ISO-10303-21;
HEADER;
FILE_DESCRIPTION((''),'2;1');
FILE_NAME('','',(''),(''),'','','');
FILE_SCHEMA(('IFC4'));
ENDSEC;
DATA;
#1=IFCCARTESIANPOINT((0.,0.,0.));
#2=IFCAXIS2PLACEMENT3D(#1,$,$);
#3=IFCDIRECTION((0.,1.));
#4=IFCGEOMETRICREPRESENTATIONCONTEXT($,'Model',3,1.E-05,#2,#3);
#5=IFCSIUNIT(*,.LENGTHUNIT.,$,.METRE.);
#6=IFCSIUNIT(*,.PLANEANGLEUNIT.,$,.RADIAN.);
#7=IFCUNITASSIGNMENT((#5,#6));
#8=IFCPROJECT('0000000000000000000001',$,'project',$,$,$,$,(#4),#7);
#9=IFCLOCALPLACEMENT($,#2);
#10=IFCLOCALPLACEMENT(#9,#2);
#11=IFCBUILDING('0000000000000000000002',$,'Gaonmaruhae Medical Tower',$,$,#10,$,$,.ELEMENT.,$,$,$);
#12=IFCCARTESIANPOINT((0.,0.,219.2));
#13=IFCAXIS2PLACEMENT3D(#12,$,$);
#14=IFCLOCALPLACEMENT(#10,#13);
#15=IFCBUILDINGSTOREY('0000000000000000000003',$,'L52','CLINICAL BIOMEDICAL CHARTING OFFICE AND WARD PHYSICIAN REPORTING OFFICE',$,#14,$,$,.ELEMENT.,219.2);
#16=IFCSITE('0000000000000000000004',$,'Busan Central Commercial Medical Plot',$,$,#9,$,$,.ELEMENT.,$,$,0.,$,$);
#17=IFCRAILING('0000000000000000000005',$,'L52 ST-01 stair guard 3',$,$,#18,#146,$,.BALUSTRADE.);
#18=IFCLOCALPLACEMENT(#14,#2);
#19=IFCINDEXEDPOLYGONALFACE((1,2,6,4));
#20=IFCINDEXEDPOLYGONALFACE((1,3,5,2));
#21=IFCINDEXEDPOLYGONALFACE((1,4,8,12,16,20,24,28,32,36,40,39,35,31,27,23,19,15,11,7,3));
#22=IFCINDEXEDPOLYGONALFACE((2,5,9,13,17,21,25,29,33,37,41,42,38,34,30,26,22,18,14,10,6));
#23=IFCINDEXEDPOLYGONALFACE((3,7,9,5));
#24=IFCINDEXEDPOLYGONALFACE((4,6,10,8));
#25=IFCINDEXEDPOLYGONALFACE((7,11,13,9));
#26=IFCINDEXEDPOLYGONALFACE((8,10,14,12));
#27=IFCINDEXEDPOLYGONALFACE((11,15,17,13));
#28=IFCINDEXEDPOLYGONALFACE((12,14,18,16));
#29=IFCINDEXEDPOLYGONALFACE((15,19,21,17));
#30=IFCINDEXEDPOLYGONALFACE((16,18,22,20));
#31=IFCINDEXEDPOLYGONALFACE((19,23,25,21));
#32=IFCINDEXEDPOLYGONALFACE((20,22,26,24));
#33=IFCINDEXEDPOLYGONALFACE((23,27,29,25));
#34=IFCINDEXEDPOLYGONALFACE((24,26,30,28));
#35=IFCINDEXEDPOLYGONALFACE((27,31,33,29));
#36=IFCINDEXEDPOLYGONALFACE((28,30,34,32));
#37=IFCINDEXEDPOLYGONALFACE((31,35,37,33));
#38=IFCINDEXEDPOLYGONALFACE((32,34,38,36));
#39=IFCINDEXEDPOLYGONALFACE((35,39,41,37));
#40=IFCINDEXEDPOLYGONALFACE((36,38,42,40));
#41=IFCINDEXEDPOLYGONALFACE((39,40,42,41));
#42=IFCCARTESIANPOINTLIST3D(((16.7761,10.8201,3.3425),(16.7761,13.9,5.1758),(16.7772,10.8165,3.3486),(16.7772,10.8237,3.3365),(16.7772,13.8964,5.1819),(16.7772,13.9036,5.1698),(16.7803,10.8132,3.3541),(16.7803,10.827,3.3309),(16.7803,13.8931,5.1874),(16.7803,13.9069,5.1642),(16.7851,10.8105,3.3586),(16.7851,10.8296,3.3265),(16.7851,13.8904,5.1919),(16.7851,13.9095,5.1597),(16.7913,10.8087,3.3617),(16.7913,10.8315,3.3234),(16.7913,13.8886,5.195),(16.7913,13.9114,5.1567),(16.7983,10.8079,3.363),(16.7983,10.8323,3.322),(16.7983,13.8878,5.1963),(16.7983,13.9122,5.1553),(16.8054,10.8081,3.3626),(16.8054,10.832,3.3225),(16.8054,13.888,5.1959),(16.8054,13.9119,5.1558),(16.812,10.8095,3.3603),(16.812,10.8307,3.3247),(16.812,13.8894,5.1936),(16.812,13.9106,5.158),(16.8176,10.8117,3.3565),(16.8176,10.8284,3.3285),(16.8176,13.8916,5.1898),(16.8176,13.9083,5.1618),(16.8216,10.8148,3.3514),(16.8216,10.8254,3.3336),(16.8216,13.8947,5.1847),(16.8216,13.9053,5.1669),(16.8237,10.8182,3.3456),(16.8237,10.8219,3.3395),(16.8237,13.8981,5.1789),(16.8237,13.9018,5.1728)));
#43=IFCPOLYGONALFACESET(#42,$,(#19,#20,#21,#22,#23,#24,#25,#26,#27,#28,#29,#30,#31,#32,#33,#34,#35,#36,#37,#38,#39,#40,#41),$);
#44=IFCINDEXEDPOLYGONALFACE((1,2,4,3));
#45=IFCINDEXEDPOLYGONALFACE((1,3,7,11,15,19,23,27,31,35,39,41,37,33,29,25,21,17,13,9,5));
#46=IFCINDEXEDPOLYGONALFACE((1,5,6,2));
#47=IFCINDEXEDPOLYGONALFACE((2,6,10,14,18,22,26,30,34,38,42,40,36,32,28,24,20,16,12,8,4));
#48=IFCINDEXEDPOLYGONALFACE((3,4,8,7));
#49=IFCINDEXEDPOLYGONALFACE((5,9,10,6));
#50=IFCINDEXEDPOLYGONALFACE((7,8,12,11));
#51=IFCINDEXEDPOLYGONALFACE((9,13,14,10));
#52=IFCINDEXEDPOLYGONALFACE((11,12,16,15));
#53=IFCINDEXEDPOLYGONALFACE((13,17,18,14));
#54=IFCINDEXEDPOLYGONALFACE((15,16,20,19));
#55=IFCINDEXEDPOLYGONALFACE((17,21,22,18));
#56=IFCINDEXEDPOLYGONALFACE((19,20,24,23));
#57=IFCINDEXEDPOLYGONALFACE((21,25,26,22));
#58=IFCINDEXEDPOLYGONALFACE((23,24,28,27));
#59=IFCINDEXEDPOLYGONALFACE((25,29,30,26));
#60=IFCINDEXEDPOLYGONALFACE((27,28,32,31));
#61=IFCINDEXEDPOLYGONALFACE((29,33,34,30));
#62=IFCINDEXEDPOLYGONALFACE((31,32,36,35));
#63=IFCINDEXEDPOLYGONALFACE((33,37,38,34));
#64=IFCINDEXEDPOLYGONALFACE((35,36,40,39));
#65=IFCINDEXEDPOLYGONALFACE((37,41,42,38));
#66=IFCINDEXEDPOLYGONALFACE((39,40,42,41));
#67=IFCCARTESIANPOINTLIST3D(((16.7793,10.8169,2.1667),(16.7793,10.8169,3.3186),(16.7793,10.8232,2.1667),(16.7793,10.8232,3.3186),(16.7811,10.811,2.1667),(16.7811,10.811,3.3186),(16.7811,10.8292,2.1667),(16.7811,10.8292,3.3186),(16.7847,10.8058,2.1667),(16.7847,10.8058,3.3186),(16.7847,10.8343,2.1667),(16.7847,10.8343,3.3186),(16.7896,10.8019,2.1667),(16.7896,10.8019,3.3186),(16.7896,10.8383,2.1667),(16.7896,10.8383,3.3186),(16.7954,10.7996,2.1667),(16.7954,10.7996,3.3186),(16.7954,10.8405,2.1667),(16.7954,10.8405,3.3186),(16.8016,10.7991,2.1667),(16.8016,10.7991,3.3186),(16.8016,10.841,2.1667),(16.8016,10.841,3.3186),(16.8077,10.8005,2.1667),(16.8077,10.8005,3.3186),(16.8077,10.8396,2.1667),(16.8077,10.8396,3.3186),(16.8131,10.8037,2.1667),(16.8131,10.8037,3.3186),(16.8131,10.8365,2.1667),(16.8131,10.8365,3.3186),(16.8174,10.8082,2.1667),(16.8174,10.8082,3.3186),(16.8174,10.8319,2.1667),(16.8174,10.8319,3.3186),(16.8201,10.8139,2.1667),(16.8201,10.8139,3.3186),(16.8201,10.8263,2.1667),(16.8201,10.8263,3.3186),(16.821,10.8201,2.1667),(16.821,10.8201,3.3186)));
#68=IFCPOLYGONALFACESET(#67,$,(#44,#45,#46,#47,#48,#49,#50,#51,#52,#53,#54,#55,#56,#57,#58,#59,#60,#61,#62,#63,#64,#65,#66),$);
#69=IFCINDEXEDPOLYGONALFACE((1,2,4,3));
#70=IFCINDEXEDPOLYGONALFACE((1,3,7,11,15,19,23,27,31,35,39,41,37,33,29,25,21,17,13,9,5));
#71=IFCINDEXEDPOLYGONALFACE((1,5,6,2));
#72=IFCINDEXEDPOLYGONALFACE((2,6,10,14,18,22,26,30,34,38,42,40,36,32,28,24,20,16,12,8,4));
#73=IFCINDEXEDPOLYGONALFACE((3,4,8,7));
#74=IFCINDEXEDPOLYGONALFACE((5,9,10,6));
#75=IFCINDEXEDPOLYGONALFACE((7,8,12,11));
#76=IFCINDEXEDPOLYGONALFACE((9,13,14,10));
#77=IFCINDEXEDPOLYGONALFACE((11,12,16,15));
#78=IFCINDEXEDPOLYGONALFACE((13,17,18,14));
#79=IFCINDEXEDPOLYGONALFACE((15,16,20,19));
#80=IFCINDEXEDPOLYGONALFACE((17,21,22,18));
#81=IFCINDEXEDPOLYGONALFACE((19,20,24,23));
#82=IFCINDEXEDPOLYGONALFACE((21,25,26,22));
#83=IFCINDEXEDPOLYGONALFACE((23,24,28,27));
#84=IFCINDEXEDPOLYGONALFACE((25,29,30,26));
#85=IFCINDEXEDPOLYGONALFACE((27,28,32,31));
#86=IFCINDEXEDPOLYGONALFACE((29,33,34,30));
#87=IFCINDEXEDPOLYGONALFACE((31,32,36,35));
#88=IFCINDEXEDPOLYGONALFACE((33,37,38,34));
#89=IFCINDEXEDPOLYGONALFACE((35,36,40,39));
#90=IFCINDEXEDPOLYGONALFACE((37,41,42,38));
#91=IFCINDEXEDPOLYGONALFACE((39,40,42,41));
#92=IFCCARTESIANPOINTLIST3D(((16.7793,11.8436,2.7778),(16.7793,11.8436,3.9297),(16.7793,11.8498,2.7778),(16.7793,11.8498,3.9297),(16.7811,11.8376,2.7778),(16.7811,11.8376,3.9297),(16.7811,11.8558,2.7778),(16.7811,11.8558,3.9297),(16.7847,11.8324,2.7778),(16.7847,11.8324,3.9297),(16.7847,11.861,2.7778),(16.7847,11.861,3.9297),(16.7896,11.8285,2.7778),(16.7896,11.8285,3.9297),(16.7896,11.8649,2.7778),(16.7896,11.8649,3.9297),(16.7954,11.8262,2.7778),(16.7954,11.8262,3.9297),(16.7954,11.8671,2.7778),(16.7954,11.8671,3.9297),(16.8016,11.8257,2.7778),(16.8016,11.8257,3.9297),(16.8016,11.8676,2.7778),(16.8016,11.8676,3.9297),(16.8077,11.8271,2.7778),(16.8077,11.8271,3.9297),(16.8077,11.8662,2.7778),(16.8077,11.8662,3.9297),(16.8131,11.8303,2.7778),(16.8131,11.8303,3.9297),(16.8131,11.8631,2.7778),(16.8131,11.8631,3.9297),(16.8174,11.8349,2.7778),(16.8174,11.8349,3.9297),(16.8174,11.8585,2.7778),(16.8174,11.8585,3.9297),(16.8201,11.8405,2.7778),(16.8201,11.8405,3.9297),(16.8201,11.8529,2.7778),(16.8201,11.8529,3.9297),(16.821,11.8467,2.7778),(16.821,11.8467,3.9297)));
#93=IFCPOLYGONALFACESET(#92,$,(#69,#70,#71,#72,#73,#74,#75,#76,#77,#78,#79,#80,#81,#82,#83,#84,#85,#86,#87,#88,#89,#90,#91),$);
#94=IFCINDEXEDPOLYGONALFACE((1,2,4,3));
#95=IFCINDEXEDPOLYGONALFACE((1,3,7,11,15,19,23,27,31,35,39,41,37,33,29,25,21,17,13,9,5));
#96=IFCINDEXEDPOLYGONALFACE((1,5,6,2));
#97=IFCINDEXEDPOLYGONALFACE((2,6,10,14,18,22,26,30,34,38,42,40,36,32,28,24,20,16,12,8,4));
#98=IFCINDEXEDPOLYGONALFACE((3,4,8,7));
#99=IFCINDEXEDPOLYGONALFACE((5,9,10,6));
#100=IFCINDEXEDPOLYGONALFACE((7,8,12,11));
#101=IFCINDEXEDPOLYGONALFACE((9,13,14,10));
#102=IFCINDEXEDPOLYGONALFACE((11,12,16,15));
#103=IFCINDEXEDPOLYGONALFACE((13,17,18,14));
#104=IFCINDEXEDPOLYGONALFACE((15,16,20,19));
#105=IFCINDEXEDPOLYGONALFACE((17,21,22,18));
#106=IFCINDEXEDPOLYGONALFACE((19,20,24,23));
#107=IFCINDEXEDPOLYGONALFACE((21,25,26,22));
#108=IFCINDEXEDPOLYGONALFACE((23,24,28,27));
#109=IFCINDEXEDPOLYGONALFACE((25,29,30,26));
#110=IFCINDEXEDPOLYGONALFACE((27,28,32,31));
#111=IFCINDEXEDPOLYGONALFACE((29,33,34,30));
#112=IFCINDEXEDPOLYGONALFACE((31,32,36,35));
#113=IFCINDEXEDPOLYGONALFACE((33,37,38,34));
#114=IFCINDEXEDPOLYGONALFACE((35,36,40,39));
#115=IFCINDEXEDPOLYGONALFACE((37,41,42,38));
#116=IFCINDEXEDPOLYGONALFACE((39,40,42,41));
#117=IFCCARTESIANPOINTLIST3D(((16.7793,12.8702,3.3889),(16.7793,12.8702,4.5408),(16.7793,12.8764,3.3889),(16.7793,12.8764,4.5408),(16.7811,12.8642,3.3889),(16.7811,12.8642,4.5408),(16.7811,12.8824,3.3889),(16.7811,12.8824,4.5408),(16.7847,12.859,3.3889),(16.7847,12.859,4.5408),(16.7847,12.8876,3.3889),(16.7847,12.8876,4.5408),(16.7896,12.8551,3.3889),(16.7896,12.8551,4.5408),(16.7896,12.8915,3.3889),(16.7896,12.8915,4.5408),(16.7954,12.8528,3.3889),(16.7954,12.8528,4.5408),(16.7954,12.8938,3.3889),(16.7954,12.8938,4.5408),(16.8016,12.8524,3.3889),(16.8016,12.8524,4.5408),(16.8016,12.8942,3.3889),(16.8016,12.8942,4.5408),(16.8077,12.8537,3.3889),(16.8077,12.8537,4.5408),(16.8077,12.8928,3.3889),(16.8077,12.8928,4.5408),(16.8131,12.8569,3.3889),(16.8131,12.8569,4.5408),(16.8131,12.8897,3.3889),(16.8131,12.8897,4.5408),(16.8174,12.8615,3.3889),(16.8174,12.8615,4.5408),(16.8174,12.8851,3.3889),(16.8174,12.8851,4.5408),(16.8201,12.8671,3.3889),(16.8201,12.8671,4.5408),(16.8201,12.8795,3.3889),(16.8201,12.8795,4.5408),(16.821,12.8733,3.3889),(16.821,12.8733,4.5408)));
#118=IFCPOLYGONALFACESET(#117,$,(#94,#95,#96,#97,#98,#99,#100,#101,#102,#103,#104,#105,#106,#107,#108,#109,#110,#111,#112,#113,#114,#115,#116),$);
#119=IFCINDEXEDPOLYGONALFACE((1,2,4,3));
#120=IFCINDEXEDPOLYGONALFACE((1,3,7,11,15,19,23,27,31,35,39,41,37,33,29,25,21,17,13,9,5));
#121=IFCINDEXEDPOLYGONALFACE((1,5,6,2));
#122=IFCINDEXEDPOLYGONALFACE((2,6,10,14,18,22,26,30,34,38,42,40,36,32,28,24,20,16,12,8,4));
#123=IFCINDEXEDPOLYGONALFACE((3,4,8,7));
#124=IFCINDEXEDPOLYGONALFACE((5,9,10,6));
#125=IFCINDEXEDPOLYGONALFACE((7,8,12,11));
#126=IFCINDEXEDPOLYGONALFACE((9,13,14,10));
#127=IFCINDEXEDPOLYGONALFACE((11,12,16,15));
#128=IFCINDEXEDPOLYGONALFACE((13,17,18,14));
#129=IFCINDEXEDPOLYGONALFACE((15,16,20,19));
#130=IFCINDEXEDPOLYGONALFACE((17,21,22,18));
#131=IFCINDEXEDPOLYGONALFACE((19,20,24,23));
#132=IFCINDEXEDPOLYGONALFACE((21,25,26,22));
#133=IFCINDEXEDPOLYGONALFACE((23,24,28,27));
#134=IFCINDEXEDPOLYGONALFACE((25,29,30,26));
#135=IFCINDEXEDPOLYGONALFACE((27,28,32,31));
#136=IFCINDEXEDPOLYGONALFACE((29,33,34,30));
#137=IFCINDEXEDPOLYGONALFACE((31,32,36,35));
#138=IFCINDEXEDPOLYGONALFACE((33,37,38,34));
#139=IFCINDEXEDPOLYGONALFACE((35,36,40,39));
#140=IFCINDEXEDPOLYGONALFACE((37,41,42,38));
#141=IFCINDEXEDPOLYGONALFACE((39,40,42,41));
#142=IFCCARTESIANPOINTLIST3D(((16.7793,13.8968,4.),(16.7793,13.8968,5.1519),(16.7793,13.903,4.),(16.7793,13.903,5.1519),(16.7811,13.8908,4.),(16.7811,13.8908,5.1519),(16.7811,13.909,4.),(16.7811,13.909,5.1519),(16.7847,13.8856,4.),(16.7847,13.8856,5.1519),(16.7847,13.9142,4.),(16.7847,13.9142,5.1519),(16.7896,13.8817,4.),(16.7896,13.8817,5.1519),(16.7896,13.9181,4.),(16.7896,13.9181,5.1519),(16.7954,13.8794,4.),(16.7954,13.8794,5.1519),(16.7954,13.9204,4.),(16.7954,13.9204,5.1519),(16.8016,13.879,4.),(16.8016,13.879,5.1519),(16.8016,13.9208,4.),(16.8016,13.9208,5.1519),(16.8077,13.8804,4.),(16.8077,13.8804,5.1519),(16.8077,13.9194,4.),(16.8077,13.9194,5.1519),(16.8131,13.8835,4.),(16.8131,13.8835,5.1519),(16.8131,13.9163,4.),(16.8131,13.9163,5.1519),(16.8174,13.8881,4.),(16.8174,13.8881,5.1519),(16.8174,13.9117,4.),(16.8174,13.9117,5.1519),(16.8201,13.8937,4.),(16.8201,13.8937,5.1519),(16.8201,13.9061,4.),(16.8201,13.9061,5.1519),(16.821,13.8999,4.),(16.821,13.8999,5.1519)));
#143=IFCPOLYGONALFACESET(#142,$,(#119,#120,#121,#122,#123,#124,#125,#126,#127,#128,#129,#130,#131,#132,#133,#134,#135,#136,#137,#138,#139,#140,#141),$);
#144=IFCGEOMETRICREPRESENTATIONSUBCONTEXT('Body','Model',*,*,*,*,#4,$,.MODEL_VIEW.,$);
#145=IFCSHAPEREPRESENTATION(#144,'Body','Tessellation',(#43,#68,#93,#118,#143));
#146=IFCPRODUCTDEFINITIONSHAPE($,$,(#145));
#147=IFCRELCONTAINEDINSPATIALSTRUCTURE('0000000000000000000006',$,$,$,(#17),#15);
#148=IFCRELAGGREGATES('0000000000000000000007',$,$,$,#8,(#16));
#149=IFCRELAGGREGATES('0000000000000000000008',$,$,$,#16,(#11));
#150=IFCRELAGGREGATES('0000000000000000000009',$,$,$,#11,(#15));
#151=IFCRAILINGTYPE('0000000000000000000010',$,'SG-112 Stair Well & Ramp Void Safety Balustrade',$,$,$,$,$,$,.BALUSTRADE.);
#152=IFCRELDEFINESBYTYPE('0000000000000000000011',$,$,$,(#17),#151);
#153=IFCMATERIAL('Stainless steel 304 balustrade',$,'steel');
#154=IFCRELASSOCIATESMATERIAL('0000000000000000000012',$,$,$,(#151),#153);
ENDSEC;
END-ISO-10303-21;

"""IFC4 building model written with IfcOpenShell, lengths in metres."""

from ifc_helpers import new_model, si_unit, direction, frame, origin, origin_2d, place, context, subcontext, project, spatial, circle, extrude, material, type_object, element, save


model = new_model("IFC4")

# Units and contexts
model_context = context("Model", 3, precision=1e-05, world=origin(), true_north=direction((0.0, 1.0)))
body_context = subcontext(model_context, "Body", "Model", "MODEL_VIEW")
ifc_project = project(units=[si_unit("LENGTHUNIT", "METRE"), si_unit("PLANEANGLEUNIT", "RADIAN")], contexts=[model_context])

# Site, building, storey
site_placement = place(None, origin())
site = spatial("IfcSite", under=ifc_project, at=site_placement, Name="Busan Central Commercial Medical Plot", CompositionType="ELEMENT", RefElevation=0.0)
building_placement = place(site_placement, origin())
building = spatial("IfcBuilding", under=site, at=building_placement, Name="Gaonmaruhae Medical Tower", CompositionType="ELEMENT")
storey_placement = place(building_placement, frame((0.0, 0.0, 219.2)))
storey = spatial("IfcBuildingStorey", under=building, at=storey_placement, Name="L52", Description="CLINICAL BIOMEDICAL CHARTING OFFICE AND WARD PHYSICIAN REPORTING OFFICE", CompositionType="ELEMENT", Elevation=219.2)

# Railing
ifc_material_1 = material(Name="Stainless steel 304 balustrade", Category="steel")
railing_type_1 = type_object("IfcRailingType", Name="SG-112 Stair Well & Ramp Void Safety Balustrade", PredefinedType="BALUSTRADE", material=ifc_material_1)
railing_1_placement = place(storey_placement, frame((16.8, 10.8201, 2.1667)))
element("IfcRailing", 1, at=railing_1_placement, inside=storey, type_object=railing_type_1, Name="L52 ST-01 stair guard 3", PredefinedType="BALUSTRADE", context=body_context, shape_type="SweptSolid", body=[
    extrude(circle(Radius=0.0239, at=origin_2d()), frame((0.0, 0.0, 1.1758), z_axis=(0.0, 0.859291, 0.511487), x_axis=(-1.0, 0.0, 0.0)), (0.0, 0.0, 1.0), 3.5842),
    extrude(circle(Radius=0.021, at=origin_2d()), origin(), (0.0, 0.0, 1.0), 1.1519),
    extrude(circle(Radius=0.021, at=origin_2d()), frame((0.0, 1.0266, 0.6111)), (0.0, 0.0, 1.0), 1.1519),
    extrude(circle(Radius=0.021, at=origin_2d()), frame((0.0, 2.0532, 1.2222)), (0.0, 0.0, 1.0), 1.1519),
    extrude(circle(Radius=0.021, at=origin_2d()), frame((0.0, 3.0798, 1.8333)), (0.0, 0.0, 1.0), 1.1519),
])

save(model, "model.ifc")
